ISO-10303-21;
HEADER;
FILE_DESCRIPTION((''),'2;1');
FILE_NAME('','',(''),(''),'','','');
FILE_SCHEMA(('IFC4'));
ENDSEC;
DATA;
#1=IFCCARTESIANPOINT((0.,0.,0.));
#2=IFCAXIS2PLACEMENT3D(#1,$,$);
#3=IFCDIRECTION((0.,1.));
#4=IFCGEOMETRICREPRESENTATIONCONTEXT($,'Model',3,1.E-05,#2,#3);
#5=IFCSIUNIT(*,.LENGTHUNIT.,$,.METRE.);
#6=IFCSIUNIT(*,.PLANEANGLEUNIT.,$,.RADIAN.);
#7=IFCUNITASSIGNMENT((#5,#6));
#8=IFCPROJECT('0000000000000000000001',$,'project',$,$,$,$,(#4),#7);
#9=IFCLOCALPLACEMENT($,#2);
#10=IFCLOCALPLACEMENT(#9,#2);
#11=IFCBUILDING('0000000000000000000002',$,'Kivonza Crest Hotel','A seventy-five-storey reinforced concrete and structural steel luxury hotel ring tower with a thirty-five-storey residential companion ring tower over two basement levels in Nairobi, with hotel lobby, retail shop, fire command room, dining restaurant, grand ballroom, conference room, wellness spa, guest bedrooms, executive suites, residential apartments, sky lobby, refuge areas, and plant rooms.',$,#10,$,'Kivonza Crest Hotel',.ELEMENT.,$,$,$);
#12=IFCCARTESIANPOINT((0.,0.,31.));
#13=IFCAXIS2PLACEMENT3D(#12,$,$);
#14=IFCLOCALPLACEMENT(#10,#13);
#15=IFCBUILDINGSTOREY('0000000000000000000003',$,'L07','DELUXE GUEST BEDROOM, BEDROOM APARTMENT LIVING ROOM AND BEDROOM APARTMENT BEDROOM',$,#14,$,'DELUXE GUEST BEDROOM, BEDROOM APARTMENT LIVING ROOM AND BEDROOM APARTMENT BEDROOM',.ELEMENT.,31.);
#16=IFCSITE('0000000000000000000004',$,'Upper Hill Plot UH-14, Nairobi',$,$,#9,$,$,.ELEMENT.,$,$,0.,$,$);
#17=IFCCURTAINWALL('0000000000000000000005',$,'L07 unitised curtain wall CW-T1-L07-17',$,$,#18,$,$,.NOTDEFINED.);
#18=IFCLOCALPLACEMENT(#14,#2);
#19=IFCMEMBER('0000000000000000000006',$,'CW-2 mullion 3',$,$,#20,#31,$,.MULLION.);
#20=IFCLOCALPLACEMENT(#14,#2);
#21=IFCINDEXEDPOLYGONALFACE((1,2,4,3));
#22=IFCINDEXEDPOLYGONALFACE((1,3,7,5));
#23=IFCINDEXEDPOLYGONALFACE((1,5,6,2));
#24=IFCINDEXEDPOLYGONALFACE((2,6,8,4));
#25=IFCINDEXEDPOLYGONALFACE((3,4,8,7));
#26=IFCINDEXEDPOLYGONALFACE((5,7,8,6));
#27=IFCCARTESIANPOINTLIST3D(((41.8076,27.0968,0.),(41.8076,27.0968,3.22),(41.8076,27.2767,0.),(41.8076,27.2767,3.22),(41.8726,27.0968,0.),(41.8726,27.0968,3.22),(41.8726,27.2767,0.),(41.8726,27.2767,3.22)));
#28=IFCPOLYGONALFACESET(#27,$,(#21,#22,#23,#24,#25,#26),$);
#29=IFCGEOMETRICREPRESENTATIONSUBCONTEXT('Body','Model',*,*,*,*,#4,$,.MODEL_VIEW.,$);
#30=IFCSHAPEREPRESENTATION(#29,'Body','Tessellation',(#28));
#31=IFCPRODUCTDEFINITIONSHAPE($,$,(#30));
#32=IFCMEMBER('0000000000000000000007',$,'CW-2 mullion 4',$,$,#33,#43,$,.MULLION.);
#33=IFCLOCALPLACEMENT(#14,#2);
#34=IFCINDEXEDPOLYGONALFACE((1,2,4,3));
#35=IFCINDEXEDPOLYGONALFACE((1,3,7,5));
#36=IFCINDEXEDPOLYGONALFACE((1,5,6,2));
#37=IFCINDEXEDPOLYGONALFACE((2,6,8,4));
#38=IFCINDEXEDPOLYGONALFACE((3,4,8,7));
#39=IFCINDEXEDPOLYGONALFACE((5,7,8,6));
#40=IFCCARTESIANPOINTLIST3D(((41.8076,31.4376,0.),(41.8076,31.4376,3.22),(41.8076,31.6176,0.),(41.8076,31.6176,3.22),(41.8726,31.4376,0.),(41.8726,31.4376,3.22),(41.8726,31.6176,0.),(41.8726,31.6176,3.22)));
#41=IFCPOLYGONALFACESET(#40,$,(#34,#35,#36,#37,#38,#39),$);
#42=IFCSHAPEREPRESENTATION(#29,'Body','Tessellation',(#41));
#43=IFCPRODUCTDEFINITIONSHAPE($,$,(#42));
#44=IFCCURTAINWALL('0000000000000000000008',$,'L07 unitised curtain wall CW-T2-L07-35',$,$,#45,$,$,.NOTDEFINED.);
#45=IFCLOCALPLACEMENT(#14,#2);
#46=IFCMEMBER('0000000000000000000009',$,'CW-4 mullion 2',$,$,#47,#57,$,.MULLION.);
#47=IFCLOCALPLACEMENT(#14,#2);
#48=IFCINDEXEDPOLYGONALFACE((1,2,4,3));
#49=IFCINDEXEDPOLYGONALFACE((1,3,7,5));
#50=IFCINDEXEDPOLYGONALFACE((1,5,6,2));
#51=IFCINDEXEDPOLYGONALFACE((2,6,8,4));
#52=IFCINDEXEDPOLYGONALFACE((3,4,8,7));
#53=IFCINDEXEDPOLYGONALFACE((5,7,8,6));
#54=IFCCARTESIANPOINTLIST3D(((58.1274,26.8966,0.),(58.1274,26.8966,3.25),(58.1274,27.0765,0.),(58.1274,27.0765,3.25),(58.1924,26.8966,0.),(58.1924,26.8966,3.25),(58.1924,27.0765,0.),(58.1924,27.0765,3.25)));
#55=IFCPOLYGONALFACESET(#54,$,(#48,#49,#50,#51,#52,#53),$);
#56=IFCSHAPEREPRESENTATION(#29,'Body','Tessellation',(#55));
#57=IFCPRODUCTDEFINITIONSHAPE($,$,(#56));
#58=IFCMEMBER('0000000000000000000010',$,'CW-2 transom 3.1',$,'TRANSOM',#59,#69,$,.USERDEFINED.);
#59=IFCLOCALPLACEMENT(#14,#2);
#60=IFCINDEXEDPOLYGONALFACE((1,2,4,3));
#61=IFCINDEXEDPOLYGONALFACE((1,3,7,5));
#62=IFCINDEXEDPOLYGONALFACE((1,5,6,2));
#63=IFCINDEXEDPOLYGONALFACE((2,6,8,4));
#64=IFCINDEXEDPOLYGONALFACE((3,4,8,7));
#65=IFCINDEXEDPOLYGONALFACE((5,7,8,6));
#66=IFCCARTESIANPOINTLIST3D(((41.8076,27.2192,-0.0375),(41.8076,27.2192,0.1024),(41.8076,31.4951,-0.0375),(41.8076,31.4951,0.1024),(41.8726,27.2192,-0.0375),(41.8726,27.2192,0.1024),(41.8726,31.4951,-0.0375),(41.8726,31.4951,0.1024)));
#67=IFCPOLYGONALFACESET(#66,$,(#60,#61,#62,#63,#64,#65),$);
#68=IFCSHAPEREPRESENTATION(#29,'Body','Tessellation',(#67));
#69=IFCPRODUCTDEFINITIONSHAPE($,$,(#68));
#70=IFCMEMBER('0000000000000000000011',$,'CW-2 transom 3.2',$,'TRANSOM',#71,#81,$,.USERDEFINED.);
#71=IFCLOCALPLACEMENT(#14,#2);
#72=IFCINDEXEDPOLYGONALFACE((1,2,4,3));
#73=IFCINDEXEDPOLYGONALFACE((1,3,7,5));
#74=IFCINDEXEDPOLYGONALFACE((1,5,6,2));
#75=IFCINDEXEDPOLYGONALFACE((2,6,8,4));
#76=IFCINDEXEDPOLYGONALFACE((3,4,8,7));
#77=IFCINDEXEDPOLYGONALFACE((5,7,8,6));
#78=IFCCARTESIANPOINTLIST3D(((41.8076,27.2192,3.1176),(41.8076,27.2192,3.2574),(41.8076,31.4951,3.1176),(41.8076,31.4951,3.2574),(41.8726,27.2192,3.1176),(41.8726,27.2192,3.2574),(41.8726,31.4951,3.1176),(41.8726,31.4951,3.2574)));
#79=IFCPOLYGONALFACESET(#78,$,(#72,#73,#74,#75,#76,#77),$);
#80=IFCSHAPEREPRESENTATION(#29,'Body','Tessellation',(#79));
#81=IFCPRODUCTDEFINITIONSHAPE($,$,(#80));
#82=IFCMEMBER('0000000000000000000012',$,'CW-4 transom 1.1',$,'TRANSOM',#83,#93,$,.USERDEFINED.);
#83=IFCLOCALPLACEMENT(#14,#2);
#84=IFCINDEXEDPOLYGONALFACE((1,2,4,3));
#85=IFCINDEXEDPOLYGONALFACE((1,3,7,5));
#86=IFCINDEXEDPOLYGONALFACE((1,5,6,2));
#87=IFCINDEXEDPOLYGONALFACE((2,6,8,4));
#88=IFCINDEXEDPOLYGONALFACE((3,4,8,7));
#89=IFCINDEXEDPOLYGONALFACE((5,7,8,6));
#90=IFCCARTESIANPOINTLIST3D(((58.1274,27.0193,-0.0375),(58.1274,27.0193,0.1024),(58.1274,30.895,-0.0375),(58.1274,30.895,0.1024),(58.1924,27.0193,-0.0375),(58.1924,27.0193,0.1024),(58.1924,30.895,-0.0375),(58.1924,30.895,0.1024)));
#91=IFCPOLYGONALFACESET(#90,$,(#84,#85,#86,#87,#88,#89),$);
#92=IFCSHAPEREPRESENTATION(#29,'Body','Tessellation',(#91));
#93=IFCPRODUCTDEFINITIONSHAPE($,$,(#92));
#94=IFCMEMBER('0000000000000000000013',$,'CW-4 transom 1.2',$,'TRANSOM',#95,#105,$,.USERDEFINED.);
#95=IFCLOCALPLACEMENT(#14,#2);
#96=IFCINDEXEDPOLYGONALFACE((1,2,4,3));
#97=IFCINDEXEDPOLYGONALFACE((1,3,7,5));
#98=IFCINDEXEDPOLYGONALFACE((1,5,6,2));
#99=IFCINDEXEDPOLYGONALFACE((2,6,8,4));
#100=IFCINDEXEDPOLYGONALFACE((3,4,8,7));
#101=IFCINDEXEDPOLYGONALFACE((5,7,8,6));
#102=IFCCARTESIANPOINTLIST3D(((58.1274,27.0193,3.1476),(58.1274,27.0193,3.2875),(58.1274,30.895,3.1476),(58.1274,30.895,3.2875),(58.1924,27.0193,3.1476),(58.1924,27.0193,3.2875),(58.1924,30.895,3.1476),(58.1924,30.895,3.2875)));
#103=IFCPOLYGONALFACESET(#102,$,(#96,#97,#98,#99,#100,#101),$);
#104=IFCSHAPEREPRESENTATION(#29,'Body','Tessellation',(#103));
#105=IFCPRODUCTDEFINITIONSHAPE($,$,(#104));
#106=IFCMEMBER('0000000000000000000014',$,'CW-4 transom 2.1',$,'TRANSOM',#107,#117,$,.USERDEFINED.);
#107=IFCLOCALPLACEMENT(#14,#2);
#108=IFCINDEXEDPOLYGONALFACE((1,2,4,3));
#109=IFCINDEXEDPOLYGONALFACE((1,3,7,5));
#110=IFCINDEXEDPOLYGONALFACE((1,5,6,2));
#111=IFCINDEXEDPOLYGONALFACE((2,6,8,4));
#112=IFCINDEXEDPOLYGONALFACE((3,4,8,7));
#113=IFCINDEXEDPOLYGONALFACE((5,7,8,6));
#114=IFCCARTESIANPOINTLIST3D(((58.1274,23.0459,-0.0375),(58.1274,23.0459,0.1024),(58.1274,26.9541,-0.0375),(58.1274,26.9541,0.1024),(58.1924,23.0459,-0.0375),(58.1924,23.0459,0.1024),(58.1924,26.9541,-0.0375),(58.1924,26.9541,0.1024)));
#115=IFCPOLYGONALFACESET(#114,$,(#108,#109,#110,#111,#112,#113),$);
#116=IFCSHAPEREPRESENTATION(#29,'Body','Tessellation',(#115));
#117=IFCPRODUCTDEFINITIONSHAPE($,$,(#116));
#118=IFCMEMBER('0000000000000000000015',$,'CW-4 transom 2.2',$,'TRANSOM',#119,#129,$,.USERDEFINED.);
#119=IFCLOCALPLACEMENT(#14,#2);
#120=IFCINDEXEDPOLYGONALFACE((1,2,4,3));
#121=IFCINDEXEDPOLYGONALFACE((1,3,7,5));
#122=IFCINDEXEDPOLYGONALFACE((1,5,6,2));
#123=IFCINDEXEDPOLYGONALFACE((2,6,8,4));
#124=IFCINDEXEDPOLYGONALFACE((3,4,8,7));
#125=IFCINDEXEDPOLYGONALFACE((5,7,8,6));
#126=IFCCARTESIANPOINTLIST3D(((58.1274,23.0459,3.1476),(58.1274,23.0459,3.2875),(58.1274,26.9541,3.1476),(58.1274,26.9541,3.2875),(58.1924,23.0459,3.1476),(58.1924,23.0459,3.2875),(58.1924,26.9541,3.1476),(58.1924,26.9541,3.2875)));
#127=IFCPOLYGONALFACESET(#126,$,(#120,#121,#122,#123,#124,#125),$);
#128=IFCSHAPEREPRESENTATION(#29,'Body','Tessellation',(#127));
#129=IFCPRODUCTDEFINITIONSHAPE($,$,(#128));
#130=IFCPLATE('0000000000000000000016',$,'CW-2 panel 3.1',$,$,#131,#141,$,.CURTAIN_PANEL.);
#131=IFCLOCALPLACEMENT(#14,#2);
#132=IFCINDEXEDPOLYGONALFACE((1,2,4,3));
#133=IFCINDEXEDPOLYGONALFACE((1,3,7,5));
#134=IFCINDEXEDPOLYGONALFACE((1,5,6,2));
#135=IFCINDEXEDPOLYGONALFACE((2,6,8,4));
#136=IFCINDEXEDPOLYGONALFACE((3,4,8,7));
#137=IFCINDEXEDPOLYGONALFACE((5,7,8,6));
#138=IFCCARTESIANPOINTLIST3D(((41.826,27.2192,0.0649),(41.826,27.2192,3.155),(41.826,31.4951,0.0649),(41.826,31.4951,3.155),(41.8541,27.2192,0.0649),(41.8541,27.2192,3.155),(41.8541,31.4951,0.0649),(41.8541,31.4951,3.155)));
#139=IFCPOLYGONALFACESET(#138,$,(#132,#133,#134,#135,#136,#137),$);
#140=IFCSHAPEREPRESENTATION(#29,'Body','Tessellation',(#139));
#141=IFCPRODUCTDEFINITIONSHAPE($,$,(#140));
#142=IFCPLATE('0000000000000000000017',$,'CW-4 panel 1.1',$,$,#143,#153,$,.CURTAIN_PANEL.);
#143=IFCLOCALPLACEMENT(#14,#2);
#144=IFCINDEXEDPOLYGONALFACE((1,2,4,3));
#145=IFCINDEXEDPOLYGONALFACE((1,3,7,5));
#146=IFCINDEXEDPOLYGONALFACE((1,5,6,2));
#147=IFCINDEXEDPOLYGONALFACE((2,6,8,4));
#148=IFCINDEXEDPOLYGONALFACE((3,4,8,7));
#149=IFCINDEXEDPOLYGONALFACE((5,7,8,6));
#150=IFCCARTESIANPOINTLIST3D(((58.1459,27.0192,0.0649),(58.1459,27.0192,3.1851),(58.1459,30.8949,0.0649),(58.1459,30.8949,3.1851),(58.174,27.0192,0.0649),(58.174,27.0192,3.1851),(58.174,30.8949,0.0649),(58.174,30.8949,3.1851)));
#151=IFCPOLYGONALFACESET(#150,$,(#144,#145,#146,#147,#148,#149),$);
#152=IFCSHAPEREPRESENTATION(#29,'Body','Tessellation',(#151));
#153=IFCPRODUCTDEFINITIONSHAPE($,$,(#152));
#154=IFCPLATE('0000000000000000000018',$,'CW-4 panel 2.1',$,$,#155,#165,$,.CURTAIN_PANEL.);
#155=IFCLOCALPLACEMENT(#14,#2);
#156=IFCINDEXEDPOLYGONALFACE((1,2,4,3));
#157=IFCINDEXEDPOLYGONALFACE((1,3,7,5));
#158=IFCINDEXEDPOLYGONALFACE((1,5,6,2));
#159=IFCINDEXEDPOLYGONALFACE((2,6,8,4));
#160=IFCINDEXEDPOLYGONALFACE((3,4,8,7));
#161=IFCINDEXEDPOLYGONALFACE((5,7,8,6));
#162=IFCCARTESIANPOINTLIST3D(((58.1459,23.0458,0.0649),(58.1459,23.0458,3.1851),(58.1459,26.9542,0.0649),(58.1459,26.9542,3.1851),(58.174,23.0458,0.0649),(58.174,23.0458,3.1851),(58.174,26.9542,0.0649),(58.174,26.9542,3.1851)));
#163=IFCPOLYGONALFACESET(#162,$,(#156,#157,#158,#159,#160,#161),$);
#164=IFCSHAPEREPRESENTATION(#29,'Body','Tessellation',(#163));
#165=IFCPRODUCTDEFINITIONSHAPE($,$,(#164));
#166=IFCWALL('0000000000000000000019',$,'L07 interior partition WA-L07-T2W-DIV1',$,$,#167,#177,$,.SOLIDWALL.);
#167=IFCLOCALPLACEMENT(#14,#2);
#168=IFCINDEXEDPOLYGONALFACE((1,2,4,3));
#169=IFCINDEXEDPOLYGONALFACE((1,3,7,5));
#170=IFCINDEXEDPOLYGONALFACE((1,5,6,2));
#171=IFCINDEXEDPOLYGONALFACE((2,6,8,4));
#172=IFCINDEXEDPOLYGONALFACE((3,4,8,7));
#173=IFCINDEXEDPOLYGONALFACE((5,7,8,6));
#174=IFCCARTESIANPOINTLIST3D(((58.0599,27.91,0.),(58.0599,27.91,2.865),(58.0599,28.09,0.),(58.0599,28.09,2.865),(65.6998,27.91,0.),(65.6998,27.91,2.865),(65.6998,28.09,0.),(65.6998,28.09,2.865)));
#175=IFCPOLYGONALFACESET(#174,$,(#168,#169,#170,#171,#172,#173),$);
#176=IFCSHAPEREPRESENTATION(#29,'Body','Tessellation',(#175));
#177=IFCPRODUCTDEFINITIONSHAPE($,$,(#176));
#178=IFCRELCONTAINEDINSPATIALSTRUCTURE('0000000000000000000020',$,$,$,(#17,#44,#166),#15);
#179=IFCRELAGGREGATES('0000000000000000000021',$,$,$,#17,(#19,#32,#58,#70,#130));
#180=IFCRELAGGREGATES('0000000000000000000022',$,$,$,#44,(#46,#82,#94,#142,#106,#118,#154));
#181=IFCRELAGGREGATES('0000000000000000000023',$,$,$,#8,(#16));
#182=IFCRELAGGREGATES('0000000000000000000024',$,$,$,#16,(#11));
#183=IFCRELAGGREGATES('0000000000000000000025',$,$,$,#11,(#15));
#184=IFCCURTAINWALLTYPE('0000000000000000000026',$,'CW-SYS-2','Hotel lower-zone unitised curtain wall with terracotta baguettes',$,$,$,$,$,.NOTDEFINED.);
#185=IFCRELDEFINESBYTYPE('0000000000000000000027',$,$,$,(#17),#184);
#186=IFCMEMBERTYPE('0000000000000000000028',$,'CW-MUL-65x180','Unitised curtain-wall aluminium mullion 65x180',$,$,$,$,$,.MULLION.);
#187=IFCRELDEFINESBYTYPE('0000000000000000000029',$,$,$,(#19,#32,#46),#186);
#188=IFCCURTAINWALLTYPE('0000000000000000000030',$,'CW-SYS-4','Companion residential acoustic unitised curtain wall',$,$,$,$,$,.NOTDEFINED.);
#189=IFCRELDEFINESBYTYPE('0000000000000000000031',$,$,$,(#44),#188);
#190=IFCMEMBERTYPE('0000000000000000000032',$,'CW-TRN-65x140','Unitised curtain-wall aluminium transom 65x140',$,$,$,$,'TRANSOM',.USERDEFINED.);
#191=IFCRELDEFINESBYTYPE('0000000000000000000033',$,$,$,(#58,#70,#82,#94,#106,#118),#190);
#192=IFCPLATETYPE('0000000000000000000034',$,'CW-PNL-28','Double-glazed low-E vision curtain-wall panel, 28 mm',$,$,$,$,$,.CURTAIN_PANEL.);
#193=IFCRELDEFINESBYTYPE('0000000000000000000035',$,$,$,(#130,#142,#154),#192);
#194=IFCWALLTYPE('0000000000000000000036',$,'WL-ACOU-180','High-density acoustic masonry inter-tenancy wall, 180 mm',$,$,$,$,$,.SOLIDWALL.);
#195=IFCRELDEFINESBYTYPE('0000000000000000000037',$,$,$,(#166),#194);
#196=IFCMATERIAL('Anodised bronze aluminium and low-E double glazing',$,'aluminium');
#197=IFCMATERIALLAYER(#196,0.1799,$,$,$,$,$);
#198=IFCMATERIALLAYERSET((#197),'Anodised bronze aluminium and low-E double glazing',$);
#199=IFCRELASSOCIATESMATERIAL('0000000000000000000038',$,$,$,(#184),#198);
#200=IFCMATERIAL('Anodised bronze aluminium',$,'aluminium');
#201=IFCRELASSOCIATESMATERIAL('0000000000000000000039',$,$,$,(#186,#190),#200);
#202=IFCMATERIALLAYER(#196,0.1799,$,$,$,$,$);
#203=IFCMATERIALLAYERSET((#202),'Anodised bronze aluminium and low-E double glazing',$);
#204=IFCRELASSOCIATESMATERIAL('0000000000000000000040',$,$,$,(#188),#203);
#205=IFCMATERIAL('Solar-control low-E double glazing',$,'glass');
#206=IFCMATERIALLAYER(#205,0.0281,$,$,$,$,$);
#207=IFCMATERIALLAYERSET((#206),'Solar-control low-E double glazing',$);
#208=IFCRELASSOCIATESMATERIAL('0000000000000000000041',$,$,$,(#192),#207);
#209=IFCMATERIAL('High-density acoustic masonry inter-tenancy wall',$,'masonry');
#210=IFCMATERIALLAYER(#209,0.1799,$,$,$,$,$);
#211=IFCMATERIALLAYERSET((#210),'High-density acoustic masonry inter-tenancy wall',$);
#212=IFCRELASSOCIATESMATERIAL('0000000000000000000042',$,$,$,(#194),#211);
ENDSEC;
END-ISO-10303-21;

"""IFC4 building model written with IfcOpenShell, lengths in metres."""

from ifc_helpers import new_model, si_unit, direction, frame, frame_2d, origin, origin_2d, place, context, subcontext, project, spatial, rectangle, extrude, material, layer, layer_set, material_profile, profile_set, type_object, element, aggregate, save


model = new_model("IFC4")

# Units and contexts
model_context = context("Model", 3, precision=1e-05, world=origin(), true_north=direction((0.0, 1.0)))
body_context = subcontext(model_context, "Body", "Model", "MODEL_VIEW")
ifc_project = project(units=[si_unit("LENGTHUNIT", "METRE"), si_unit("PLANEANGLEUNIT", "RADIAN")], contexts=[model_context])

# Site, building, storey
site_placement = place(None, origin())
site = spatial("IfcSite", under=ifc_project, at=site_placement, Name="Upper Hill Plot UH-14, Nairobi", CompositionType="ELEMENT", RefElevation=0.0)
building_placement = place(site_placement, origin())
building = spatial("IfcBuilding", under=site, at=building_placement, Name="Kivonza Crest Hotel", Description="A seventy-five-storey reinforced concrete and structural steel luxury hotel ring tower with a thirty-five-storey residential companion ring tower over two basement levels in Nairobi, with hotel lobby, retail shop, fire command room, dining restaurant, grand ballroom, conference room, wellness spa, guest bedrooms, executive suites, residential apartments, sky lobby, refuge areas, and plant rooms.", LongName="Kivonza Crest Hotel", CompositionType="ELEMENT")
storey_placement = place(building_placement, frame((0.0, 0.0, 31.0)))
storey = spatial("IfcBuildingStorey", under=building, at=storey_placement, Name="L07", Description="DELUXE GUEST BEDROOM, BEDROOM APARTMENT LIVING ROOM AND BEDROOM APARTMENT BEDROOM", LongName="DELUXE GUEST BEDROOM, BEDROOM APARTMENT LIVING ROOM AND BEDROOM APARTMENT BEDROOM", CompositionType="ELEMENT", Elevation=31.0)

# Curtain wall, members
ifc_material_1 = material(Name="Anodised bronze aluminium and low-E double glazing", Category="aluminium")
ifc_layer_1 = layer(ifc_material_1, 0.1799)
ifc_layer_set_1 = layer_set([ifc_layer_1], Name="Anodised bronze aluminium and low-E double glazing")
curtain_wall_type_1 = type_object("IfcCurtainWallType", Name="CW-SYS-2", Description="Hotel lower-zone unitised curtain wall with terracotta baguettes", PredefinedType="NOTDEFINED", material=ifc_layer_set_1)
curtain_wall_1_placement = place(storey_placement, origin())
curtain_wall_1 = element("IfcCurtainWall", 1, at=curtain_wall_1_placement, inside=storey, type_object=curtain_wall_type_1, Name="L07 unitised curtain wall CW-T1-L07-17", PredefinedType="NOTDEFINED")
ifc_material_2 = material(Name="Anodised bronze aluminium", Category="aluminium")
ifc_material_profile_1 = material_profile(ifc_material_2, rectangle(XDim=0.0649, YDim=0.1799, at=origin_2d()), Name="CW-M 65x180")
ifc_profile_set_1 = profile_set([ifc_material_profile_1], Name="Anodised bronze aluminium")
member_type_1 = type_object("IfcMemberType", Name="CW-MUL-65x180", Description="Unitised curtain-wall aluminium mullion 65x180", PredefinedType="MULLION", material=ifc_profile_set_1)
member_1_placement = place(storey_placement, frame((41.8401, 27.1868, 0.0), z_axis=(0.0, 0.0, 1.0), x_axis=(-1.0, 0.0, 0.0)))
member_1 = element("IfcMember", 2, at=member_1_placement, type_object=member_type_1, Name="CW-2 mullion 3", PredefinedType="MULLION", context=body_context, shape_type="SweptSolid", body=[
    extrude(rectangle(XDim=0.0649, YDim=0.1799, at=origin_2d()), origin(), (0.0, 0.0, 1.0), 3.22),
])
member_2_placement = place(storey_placement, frame((41.8401, 31.5276, 0.0), z_axis=(0.0, 0.0, 1.0), x_axis=(-1.0, 0.0, 0.0)))
member_2 = element("IfcMember", 3, at=member_2_placement, type_object=member_type_1, Name="CW-2 mullion 4", PredefinedType="MULLION", context=body_context, shape_type="SweptSolid", body=[
    extrude(rectangle(XDim=0.0649, YDim=0.1799, at=origin_2d()), origin(), (0.0, 0.0, 1.0), 3.22),
])

# Curtain wall, member
ifc_layer_2 = layer(ifc_material_1, 0.1799)
ifc_layer_set_2 = layer_set([ifc_layer_2], Name="Anodised bronze aluminium and low-E double glazing")
curtain_wall_type_2 = type_object("IfcCurtainWallType", Name="CW-SYS-4", Description="Companion residential acoustic unitised curtain wall", PredefinedType="NOTDEFINED", material=ifc_layer_set_2)
curtain_wall_2_placement = place(storey_placement, origin())
curtain_wall_2 = element("IfcCurtainWall", 4, at=curtain_wall_2_placement, inside=storey, type_object=curtain_wall_type_2, Name="L07 unitised curtain wall CW-T2-L07-35", PredefinedType="NOTDEFINED")
member_3_placement = place(storey_placement, frame((58.1599, 26.9866, 0.0), z_axis=(0.0, 0.0, 1.0), x_axis=(1.0, 0.0, 0.0)))
member_3 = element("IfcMember", 5, at=member_3_placement, type_object=member_type_1, Name="CW-4 mullion 2", PredefinedType="MULLION", context=body_context, shape_type="SweptSolid", body=[
    extrude(rectangle(XDim=0.0649, YDim=0.1799, at=origin_2d()), origin(), (0.0, 0.0, 1.0), 3.25),
])

# Members
ifc_material_profile_2 = material_profile(ifc_material_2, rectangle(XDim=0.0649, YDim=0.1399, at=origin_2d()), Name="CW-T 65x140")
ifc_profile_set_2 = profile_set([ifc_material_profile_2], Name="Anodised bronze aluminium")
member_type_2 = type_object("IfcMemberType", Name="CW-TRN-65x140", Description="Unitised curtain-wall aluminium transom 65x140", ElementType="TRANSOM", PredefinedType="USERDEFINED", material=ifc_profile_set_2)
member_4_placement = place(storey_placement, frame((41.8401, 27.2192, 0.0325), z_axis=(0.0, 1.0, 0.0), x_axis=(-1.0, 0.0, 0.0)))
member_4 = element("IfcMember", 6, at=member_4_placement, type_object=member_type_2, Name="CW-2 transom 3.1", ObjectType="TRANSOM", PredefinedType="USERDEFINED", context=body_context, shape_type="SweptSolid", body=[
    extrude(rectangle(XDim=0.0649, YDim=0.1399, at=origin_2d()), origin(), (0.0, 0.0, 1.0), 4.2759),
])
member_5_placement = place(storey_placement, frame((41.8401, 27.2192, 3.1875), z_axis=(0.0, 1.0, 0.0), x_axis=(-1.0, 0.0, 0.0)))
member_5 = element("IfcMember", 7, at=member_5_placement, type_object=member_type_2, Name="CW-2 transom 3.2", ObjectType="TRANSOM", PredefinedType="USERDEFINED", context=body_context, shape_type="SweptSolid", body=[
    extrude(rectangle(XDim=0.0649, YDim=0.1399, at=origin_2d()), origin(), (0.0, 0.0, 1.0), 4.2759),
])
member_6_placement = place(storey_placement, frame((58.1599, 30.895, 0.0325), z_axis=(0.0, -1.0, 0.0), x_axis=(1.0, 0.0, 0.0)))
member_6 = element("IfcMember", 8, at=member_6_placement, type_object=member_type_2, Name="CW-4 transom 1.1", ObjectType="TRANSOM", PredefinedType="USERDEFINED", context=body_context, shape_type="SweptSolid", body=[
    extrude(rectangle(XDim=0.0649, YDim=0.1399, at=origin_2d()), origin(), (0.0, 0.0, 1.0), 3.8757),
])
member_7_placement = place(storey_placement, frame((58.1599, 30.895, 3.2175), z_axis=(0.0, -1.0, 0.0), x_axis=(1.0, 0.0, 0.0)))
member_7 = element("IfcMember", 9, at=member_7_placement, type_object=member_type_2, Name="CW-4 transom 1.2", ObjectType="TRANSOM", PredefinedType="USERDEFINED", context=body_context, shape_type="SweptSolid", body=[
    extrude(rectangle(XDim=0.0649, YDim=0.1399, at=origin_2d()), origin(), (0.0, 0.0, 1.0), 3.8757),
])
member_8_placement = place(storey_placement, frame((58.1599, 26.9541, 0.0325), z_axis=(0.0, -1.0, 0.0), x_axis=(1.0, 0.0, 0.0)))
member_8 = element("IfcMember", 10, at=member_8_placement, type_object=member_type_2, Name="CW-4 transom 2.1", ObjectType="TRANSOM", PredefinedType="USERDEFINED", context=body_context, shape_type="SweptSolid", body=[
    extrude(rectangle(XDim=0.0649, YDim=0.1399, at=origin_2d()), origin(), (0.0, 0.0, 1.0), 3.9082),
])
member_9_placement = place(storey_placement, frame((58.1599, 26.9541, 3.2175), z_axis=(0.0, -1.0, 0.0), x_axis=(1.0, 0.0, 0.0)))
member_9 = element("IfcMember", 11, at=member_9_placement, type_object=member_type_2, Name="CW-4 transom 2.2", ObjectType="TRANSOM", PredefinedType="USERDEFINED", context=body_context, shape_type="SweptSolid", body=[
    extrude(rectangle(XDim=0.0649, YDim=0.1399, at=origin_2d()), origin(), (0.0, 0.0, 1.0), 3.9082),
])

# Plates
ifc_material_3 = material(Name="Solar-control low-E double glazing", Category="glass")
ifc_layer_3 = layer(ifc_material_3, 0.0281)
ifc_layer_set_3 = layer_set([ifc_layer_3], Name="Solar-control low-E double glazing")
plate_type = type_object("IfcPlateType", Name="CW-PNL-28", Description="Double-glazed low-E vision curtain-wall panel, 28 mm", PredefinedType="CURTAIN_PANEL", material=ifc_layer_set_3)
plate_1_placement = place(storey_placement, frame((41.8401, 29.3572, 0.0649), z_axis=(0.0, 0.0, 1.0), x_axis=(0.0, 1.0, 0.0)))
plate_1 = element("IfcPlate", 12, at=plate_1_placement, type_object=plate_type, Name="CW-2 panel 3.1", PredefinedType="CURTAIN_PANEL", context=body_context, shape_type="SweptSolid", body=[
    extrude(rectangle(XDim=4.2759, YDim=0.0281, at=origin_2d()), origin(), (0.0, 0.0, 1.0), 3.0901),
])
aggregate(curtain_wall_1, [member_1, member_2, member_4, member_5, plate_1])
plate_2_placement = place(storey_placement, frame((58.1599, 28.957, 0.0649), z_axis=(0.0, 0.0, 1.0), x_axis=(0.0, -1.0, 0.0)))
plate_2 = element("IfcPlate", 13, at=plate_2_placement, type_object=plate_type, Name="CW-4 panel 1.1", PredefinedType="CURTAIN_PANEL", context=body_context, shape_type="SweptSolid", body=[
    extrude(rectangle(XDim=3.8757, YDim=0.0281, at=origin_2d()), origin(), (0.0, 0.0, 1.0), 3.1201),
])
plate_3_placement = place(storey_placement, frame((58.1599, 25.0, 0.0649), z_axis=(0.0, 0.0, 1.0), x_axis=(0.0, -1.0, 0.0)))
plate_3 = element("IfcPlate", 14, at=plate_3_placement, type_object=plate_type, Name="CW-4 panel 2.1", PredefinedType="CURTAIN_PANEL", context=body_context, shape_type="SweptSolid", body=[
    extrude(rectangle(XDim=3.9084, YDim=0.0281, at=origin_2d()), origin(), (0.0, 0.0, 1.0), 3.1201),
])
aggregate(curtain_wall_2, [member_3, member_6, member_7, plate_2, member_8, member_9, plate_3])

# Wall
ifc_material_4 = material(Name="High-density acoustic masonry inter-tenancy wall", Category="masonry")
ifc_layer_4 = layer(ifc_material_4, 0.1799)
ifc_layer_set_4 = layer_set([ifc_layer_4], Name="High-density acoustic masonry inter-tenancy wall")
wall_type_1 = type_object("IfcWallType", Name="WL-ACOU-180", Description="High-density acoustic masonry inter-tenancy wall, 180 mm", PredefinedType="SOLIDWALL", material=ifc_layer_set_4)
wall_1_placement = place(storey_placement, frame((58.0601, 28.0, 0.0), z_axis=(0.0, 0.0, 1.0), x_axis=(1.0, 0.0, 0.0)))
element("IfcWall", 15, at=wall_1_placement, inside=storey, type_object=wall_type_1, Name="L07 interior partition WA-L07-T2W-DIV1", PredefinedType="SOLIDWALL", context=body_context, shape_type="SweptSolid", body=[
    extrude(rectangle(XDim=7.6399, YDim=0.1799, at=frame_2d((3.8198, 0.0))), origin(), (0.0, 0.0, 1.0), 2.865),
])

save(model, "model.ifc")
